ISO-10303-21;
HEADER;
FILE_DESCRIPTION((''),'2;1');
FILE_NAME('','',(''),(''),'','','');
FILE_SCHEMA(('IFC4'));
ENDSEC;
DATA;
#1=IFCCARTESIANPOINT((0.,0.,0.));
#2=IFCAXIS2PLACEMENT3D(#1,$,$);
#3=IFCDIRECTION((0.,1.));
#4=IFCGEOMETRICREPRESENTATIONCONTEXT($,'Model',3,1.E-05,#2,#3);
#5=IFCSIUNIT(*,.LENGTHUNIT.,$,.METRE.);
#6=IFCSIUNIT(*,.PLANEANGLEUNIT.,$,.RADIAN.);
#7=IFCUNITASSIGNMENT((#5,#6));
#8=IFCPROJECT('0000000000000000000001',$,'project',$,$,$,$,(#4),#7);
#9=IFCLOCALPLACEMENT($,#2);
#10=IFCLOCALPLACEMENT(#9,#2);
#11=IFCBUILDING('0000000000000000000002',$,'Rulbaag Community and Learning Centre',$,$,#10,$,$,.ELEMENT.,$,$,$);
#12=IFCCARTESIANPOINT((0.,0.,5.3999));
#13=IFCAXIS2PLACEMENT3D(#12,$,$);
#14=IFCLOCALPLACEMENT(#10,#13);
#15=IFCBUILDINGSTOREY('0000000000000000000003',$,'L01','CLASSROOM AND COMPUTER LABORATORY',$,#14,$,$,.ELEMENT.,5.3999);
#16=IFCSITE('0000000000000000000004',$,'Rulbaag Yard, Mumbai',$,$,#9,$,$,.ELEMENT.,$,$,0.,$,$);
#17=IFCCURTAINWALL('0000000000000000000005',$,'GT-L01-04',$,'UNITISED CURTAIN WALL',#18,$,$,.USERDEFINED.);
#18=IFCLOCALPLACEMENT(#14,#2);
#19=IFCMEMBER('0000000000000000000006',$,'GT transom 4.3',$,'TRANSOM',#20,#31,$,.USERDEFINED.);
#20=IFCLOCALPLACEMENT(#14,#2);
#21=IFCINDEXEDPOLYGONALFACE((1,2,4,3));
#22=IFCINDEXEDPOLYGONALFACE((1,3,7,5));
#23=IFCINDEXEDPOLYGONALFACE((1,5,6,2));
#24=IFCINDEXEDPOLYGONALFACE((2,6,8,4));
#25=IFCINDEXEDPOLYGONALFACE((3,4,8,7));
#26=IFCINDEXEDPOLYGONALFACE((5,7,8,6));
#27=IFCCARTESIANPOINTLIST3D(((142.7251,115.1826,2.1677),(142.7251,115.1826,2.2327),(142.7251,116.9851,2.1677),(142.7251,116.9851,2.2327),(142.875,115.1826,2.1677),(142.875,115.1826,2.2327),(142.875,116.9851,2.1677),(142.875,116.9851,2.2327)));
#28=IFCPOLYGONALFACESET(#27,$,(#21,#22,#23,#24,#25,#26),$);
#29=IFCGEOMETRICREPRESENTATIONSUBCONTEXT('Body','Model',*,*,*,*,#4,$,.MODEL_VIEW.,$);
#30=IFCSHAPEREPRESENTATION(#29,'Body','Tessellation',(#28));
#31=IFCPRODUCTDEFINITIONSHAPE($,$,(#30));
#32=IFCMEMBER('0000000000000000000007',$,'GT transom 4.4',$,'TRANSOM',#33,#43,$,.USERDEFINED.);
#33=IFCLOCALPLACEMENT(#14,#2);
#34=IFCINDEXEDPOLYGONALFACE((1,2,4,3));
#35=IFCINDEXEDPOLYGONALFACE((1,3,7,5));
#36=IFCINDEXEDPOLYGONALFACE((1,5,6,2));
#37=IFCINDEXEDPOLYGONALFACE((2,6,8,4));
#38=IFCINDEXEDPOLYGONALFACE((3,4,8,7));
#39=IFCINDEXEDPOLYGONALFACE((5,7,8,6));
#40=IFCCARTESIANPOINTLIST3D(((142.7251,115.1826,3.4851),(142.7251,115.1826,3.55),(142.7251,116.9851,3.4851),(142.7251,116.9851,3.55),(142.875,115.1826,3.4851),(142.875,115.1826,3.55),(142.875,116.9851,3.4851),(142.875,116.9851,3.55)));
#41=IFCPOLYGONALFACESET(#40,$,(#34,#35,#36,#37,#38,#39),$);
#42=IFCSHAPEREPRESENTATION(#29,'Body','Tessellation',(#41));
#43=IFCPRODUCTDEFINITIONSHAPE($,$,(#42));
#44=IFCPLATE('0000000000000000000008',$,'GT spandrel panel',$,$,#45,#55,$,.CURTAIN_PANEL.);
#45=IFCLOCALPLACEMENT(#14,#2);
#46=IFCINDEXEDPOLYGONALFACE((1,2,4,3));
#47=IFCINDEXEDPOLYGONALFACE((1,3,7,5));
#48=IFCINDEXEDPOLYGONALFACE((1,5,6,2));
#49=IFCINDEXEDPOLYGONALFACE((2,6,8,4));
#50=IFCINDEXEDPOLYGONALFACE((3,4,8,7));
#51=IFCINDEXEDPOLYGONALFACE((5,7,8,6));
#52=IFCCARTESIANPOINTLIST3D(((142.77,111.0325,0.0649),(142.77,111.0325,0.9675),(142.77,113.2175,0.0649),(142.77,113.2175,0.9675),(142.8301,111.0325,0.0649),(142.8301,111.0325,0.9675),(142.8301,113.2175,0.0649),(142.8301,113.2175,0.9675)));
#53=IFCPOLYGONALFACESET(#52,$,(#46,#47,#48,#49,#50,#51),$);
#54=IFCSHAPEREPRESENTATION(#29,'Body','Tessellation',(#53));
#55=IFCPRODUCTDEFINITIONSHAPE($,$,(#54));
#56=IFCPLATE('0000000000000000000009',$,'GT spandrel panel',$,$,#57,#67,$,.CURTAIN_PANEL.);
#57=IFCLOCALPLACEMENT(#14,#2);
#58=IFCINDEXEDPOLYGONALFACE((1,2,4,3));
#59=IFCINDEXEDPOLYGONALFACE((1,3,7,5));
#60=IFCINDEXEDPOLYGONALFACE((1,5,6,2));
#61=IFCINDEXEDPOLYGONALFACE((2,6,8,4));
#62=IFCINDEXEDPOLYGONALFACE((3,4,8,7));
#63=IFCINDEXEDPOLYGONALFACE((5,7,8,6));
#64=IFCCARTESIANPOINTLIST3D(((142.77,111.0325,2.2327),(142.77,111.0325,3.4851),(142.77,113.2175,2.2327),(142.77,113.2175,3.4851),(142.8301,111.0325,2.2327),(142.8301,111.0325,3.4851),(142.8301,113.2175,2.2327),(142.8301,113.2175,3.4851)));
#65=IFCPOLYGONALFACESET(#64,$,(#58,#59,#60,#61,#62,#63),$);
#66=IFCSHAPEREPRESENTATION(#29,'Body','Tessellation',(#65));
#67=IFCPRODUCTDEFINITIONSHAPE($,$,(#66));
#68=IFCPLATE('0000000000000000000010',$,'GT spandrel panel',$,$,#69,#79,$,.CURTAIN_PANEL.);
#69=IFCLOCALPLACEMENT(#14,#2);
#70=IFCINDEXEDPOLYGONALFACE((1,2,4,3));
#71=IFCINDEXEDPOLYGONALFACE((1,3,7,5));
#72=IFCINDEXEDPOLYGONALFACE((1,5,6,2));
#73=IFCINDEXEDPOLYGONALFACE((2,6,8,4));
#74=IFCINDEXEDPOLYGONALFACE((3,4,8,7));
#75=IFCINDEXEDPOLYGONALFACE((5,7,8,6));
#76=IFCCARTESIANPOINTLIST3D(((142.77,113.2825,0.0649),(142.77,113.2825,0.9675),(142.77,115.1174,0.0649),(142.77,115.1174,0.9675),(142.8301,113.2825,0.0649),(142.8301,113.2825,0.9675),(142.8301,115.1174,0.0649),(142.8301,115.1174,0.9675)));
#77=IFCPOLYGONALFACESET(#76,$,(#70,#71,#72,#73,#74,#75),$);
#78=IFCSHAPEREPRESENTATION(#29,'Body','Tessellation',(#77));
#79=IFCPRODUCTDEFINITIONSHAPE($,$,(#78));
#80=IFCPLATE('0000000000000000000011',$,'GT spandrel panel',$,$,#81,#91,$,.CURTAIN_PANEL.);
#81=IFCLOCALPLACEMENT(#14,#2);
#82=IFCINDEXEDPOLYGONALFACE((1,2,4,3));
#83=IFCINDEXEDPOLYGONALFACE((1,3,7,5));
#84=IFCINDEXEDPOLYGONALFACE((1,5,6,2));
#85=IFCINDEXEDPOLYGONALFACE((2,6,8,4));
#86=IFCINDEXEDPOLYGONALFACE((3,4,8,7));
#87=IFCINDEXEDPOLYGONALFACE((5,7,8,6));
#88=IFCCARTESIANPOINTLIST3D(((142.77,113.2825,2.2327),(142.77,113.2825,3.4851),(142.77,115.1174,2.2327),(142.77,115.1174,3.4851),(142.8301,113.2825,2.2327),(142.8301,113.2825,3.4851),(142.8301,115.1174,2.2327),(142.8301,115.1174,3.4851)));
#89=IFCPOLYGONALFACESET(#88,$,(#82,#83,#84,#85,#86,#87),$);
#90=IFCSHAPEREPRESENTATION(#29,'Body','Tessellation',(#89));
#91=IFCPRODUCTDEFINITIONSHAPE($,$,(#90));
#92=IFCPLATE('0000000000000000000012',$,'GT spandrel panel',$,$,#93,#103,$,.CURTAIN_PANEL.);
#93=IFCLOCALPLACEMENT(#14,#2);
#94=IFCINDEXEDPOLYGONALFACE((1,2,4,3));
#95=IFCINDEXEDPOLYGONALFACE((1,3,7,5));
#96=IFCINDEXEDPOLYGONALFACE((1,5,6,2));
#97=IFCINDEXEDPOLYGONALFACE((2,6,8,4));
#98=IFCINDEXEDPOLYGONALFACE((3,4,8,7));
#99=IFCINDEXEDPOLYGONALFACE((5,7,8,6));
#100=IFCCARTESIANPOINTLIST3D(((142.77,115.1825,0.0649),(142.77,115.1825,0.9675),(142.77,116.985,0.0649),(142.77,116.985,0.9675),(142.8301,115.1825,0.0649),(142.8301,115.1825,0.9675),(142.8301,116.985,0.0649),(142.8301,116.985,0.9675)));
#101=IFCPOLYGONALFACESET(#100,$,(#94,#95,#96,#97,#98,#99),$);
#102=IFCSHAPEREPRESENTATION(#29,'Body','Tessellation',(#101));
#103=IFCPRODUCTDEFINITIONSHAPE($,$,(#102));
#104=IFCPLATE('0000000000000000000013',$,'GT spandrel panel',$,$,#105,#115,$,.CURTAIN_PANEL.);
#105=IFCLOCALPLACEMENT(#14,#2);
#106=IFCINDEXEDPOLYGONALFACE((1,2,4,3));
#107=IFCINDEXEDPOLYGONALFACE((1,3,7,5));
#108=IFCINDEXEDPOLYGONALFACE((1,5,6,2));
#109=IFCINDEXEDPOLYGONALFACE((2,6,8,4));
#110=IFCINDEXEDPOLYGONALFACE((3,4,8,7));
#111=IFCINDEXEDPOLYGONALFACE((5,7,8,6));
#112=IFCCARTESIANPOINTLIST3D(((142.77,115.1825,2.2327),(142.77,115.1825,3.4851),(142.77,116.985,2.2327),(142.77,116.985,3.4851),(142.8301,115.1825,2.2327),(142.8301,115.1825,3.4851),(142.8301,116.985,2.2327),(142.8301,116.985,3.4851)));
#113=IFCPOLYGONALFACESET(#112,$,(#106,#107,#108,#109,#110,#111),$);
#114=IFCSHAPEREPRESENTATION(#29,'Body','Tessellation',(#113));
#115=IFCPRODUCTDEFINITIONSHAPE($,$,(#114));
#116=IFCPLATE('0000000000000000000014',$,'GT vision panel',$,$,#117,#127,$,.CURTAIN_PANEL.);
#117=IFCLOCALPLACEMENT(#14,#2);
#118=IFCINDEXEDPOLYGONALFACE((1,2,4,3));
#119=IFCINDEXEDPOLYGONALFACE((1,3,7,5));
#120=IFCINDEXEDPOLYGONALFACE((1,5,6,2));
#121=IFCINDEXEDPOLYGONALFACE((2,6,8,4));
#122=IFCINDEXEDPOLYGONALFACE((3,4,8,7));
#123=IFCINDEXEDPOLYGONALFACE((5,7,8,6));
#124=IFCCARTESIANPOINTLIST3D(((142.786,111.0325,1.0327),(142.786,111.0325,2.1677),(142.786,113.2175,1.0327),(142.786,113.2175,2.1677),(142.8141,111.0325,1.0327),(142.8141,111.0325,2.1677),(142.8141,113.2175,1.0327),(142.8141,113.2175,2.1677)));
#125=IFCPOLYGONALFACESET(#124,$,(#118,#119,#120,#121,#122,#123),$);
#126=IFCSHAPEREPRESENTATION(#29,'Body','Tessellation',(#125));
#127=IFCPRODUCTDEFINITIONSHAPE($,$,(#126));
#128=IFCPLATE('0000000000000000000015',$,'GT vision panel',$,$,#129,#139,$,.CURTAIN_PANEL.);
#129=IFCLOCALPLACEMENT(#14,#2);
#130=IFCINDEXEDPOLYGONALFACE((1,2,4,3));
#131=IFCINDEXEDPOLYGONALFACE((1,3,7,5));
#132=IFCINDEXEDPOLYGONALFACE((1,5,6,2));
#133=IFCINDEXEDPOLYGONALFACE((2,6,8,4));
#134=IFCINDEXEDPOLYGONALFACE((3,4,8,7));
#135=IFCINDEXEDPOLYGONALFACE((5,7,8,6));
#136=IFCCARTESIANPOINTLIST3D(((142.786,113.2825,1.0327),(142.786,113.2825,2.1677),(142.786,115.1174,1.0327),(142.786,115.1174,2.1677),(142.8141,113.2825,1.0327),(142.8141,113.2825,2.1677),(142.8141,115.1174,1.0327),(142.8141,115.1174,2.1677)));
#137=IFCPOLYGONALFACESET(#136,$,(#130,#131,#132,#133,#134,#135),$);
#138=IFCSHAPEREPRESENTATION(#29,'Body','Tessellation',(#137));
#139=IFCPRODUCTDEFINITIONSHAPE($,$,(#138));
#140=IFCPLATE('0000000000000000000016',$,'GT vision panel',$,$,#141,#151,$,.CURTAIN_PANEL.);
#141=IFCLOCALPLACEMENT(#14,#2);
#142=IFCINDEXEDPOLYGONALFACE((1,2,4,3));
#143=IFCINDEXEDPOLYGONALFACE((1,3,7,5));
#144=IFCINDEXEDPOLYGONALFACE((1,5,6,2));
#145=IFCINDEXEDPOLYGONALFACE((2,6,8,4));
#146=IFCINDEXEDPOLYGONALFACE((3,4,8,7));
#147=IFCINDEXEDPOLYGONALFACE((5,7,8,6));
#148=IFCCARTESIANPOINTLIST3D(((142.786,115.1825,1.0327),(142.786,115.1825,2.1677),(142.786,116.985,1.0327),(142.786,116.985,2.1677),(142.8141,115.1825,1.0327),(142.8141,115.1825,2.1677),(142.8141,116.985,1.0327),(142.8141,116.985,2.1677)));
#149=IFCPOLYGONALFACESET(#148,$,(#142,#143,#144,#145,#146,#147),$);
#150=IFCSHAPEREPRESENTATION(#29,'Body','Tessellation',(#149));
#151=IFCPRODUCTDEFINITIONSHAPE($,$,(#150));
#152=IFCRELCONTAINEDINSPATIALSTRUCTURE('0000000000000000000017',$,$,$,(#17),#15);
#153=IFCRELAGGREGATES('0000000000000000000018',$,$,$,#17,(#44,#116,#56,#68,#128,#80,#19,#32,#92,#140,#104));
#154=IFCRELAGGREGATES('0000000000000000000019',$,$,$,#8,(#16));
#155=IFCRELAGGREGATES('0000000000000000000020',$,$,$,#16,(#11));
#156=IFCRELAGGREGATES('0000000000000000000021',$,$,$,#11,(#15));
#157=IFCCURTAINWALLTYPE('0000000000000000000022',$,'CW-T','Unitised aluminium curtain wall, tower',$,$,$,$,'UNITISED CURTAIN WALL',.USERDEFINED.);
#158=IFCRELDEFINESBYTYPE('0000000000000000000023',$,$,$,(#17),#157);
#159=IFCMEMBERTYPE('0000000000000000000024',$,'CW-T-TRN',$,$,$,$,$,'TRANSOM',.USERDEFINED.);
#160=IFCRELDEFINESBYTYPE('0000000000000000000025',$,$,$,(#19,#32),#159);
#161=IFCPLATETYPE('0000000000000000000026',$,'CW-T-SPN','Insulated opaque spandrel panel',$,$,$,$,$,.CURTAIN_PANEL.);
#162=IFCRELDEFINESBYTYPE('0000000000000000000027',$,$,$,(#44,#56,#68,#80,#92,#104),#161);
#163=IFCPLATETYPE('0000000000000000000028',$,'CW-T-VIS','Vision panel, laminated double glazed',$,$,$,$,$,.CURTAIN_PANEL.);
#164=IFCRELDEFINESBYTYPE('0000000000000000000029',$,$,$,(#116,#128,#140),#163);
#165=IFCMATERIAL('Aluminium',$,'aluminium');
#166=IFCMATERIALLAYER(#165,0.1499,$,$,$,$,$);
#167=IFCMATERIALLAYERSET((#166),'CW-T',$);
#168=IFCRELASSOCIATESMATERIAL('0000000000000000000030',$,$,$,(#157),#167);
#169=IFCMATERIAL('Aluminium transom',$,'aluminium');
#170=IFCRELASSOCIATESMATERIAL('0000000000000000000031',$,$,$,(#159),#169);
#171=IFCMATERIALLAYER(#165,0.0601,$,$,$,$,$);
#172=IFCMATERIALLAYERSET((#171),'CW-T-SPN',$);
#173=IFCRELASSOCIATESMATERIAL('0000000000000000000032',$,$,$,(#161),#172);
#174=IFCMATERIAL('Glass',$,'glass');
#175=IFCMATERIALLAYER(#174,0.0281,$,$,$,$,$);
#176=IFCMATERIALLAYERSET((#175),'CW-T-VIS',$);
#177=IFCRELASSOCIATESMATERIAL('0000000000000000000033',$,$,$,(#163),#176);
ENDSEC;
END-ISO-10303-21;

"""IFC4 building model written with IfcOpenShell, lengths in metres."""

from ifc_helpers import new_model, si_unit, direction, frame, origin, origin_2d, place, context, subcontext, project, spatial, rectangle, extrude, material, layer, layer_set, material_profile, profile_set, type_object, element, aggregate, save


model = new_model("IFC4")

# Units and contexts
model_context = context("Model", 3, precision=1e-05, world=origin(), true_north=direction((0.0, 1.0)))
body_context = subcontext(model_context, "Body", "Model", "MODEL_VIEW")
ifc_project = project(units=[si_unit("LENGTHUNIT", "METRE"), si_unit("PLANEANGLEUNIT", "RADIAN")], contexts=[model_context])

# Site, building, storey
site_placement = place(None, origin())
site = spatial("IfcSite", under=ifc_project, at=site_placement, Name="Rulbaag Yard, Mumbai", CompositionType="ELEMENT", RefElevation=0.0)
building_placement = place(site_placement, origin())
building = spatial("IfcBuilding", under=site, at=building_placement, Name="Rulbaag Community and Learning Centre", CompositionType="ELEMENT")
storey_placement = place(building_placement, frame((0.0, 0.0, 5.3999)))
storey = spatial("IfcBuildingStorey", under=building, at=storey_placement, Name="L01", Description="CLASSROOM AND COMPUTER LABORATORY", CompositionType="ELEMENT", Elevation=5.3999)

# Curtain wall, members, plates
ifc_material_1 = material(Name="Aluminium", Category="aluminium")
ifc_layer_1 = layer(ifc_material_1, 0.1499)
ifc_layer_set_1 = layer_set([ifc_layer_1], Name="CW-T")
curtain_wall_type = type_object("IfcCurtainWallType", Name="CW-T", Description="Unitised aluminium curtain wall, tower", ElementType="UNITISED CURTAIN WALL", PredefinedType="USERDEFINED", material=ifc_layer_set_1)
curtain_wall_placement = place(storey_placement, origin())
curtain_wall = element("IfcCurtainWall", 1, at=curtain_wall_placement, inside=storey, type_object=curtain_wall_type, Name="GT-L01-04", ObjectType="UNITISED CURTAIN WALL", PredefinedType="USERDEFINED")
ifc_material_2 = material(Name="Aluminium transom", Category="aluminium")
ifc_material_profile_1 = material_profile(ifc_material_2, rectangle(XDim=0.1499, YDim=0.0649, at=origin_2d()), Name="AL 65x150 T")
ifc_profile_set_1 = profile_set([ifc_material_profile_1], Name="Aluminium transom")
member_type_1 = type_object("IfcMemberType", Name="CW-T-TRN", ElementType="TRANSOM", PredefinedType="USERDEFINED", material=ifc_profile_set_1)
member_1_placement = place(storey_placement, frame((142.8, 115.1826, 2.2002), z_axis=(0.0, 1.0, 0.0), x_axis=(-1.0, 0.0, 0.0)))
member_1 = element("IfcMember", 2, at=member_1_placement, type_object=member_type_1, Name="GT transom 4.3", ObjectType="TRANSOM", PredefinedType="USERDEFINED", context=body_context, shape_type="SweptSolid", body=[
    extrude(rectangle(XDim=0.1499, YDim=0.0649, at=origin_2d()), origin(), (0.0, 0.0, 1.0), 1.8025),
])
member_2_placement = place(storey_placement, frame((142.8, 115.1826, 3.5176), z_axis=(0.0, 1.0, 0.0), x_axis=(-1.0, 0.0, 0.0)))
member_2 = element("IfcMember", 3, at=member_2_placement, type_object=member_type_1, Name="GT transom 4.4", ObjectType="TRANSOM", PredefinedType="USERDEFINED", context=body_context, shape_type="SweptSolid", body=[
    extrude(rectangle(XDim=0.1499, YDim=0.0649, at=origin_2d()), origin(), (0.0, 0.0, 1.0), 1.8025),
])
ifc_layer_2 = layer(ifc_material_1, 0.0601)
ifc_layer_set_2 = layer_set([ifc_layer_2], Name="CW-T-SPN")
plate_type_1 = type_object("IfcPlateType", Name="CW-T-SPN", Description="Insulated opaque spandrel panel", PredefinedType="CURTAIN_PANEL", material=ifc_layer_set_2)
plate_1_placement = place(storey_placement, frame((142.8, 112.125, 0.0649), z_axis=(0.0, 0.0, 1.0), x_axis=(0.0, 1.0, 0.0)))
plate_1 = element("IfcPlate", 4, at=plate_1_placement, type_object=plate_type_1, Name="GT spandrel panel", PredefinedType="CURTAIN_PANEL", context=body_context, shape_type="SweptSolid", body=[
    extrude(rectangle(XDim=2.1851, YDim=0.0601, at=origin_2d()), origin(), (0.0, 0.0, 1.0), 0.9026),
])
plate_2_placement = place(storey_placement, frame((142.8, 112.125, 2.2327), z_axis=(0.0, 0.0, 1.0), x_axis=(0.0, 1.0, 0.0)))
plate_2 = element("IfcPlate", 5, at=plate_2_placement, type_object=plate_type_1, Name="GT spandrel panel", PredefinedType="CURTAIN_PANEL", context=body_context, shape_type="SweptSolid", body=[
    extrude(rectangle(XDim=2.1851, YDim=0.0601, at=origin_2d()), origin(), (0.0, 0.0, 1.0), 1.2524),
])
plate_3_placement = place(storey_placement, frame((142.8, 114.2, 0.0649), z_axis=(0.0, 0.0, 1.0), x_axis=(0.0, 1.0, 0.0)))
plate_3 = element("IfcPlate", 6, at=plate_3_placement, type_object=plate_type_1, Name="GT spandrel panel", PredefinedType="CURTAIN_PANEL", context=body_context, shape_type="SweptSolid", body=[
    extrude(rectangle(XDim=1.835, YDim=0.0601, at=origin_2d()), origin(), (0.0, 0.0, 1.0), 0.9026),
])
plate_4_placement = place(storey_placement, frame((142.8, 114.2, 2.2327), z_axis=(0.0, 0.0, 1.0), x_axis=(0.0, 1.0, 0.0)))
plate_4 = element("IfcPlate", 7, at=plate_4_placement, type_object=plate_type_1, Name="GT spandrel panel", PredefinedType="CURTAIN_PANEL", context=body_context, shape_type="SweptSolid", body=[
    extrude(rectangle(XDim=1.835, YDim=0.0601, at=origin_2d()), origin(), (0.0, 0.0, 1.0), 1.2524),
])
plate_5_placement = place(storey_placement, frame((142.8, 116.0837, 0.0649), z_axis=(0.0, 0.0, 1.0), x_axis=(0.0, 1.0, 0.0)))
plate_5 = element("IfcPlate", 8, at=plate_5_placement, type_object=plate_type_1, Name="GT spandrel panel", PredefinedType="CURTAIN_PANEL", context=body_context, shape_type="SweptSolid", body=[
    extrude(rectangle(XDim=1.8025, YDim=0.0601, at=origin_2d()), origin(), (0.0, 0.0, 1.0), 0.9026),
])
plate_6_placement = place(storey_placement, frame((142.8, 116.0837, 2.2327), z_axis=(0.0, 0.0, 1.0), x_axis=(0.0, 1.0, 0.0)))
plate_6 = element("IfcPlate", 9, at=plate_6_placement, type_object=plate_type_1, Name="GT spandrel panel", PredefinedType="CURTAIN_PANEL", context=body_context, shape_type="SweptSolid", body=[
    extrude(rectangle(XDim=1.8025, YDim=0.0601, at=origin_2d()), origin(), (0.0, 0.0, 1.0), 1.2524),
])
ifc_material_3 = material(Name="Glass", Category="glass")
ifc_layer_3 = layer(ifc_material_3, 0.0281)
ifc_layer_set_3 = layer_set([ifc_layer_3], Name="CW-T-VIS")
plate_type_2 = type_object("IfcPlateType", Name="CW-T-VIS", Description="Vision panel, laminated double glazed", PredefinedType="CURTAIN_PANEL", material=ifc_layer_set_3)
plate_7_placement = place(storey_placement, frame((142.8, 112.125, 1.0327), z_axis=(0.0, 0.0, 1.0), x_axis=(0.0, 1.0, 0.0)))
plate_7 = element("IfcPlate", 10, at=plate_7_placement, type_object=plate_type_2, Name="GT vision panel", PredefinedType="CURTAIN_PANEL", context=body_context, shape_type="SweptSolid", body=[
    extrude(rectangle(XDim=2.1851, YDim=0.0281, at=origin_2d()), origin(), (0.0, 0.0, 1.0), 1.135),
])
plate_8_placement = place(storey_placement, frame((142.8, 114.2, 1.0327), z_axis=(0.0, 0.0, 1.0), x_axis=(0.0, 1.0, 0.0)))
plate_8 = element("IfcPlate", 11, at=plate_8_placement, type_object=plate_type_2, Name="GT vision panel", PredefinedType="CURTAIN_PANEL", context=body_context, shape_type="SweptSolid", body=[
    extrude(rectangle(XDim=1.835, YDim=0.0281, at=origin_2d()), origin(), (0.0, 0.0, 1.0), 1.135),
])
plate_9_placement = place(storey_placement, frame((142.8, 116.0837, 1.0327), z_axis=(0.0, 0.0, 1.0), x_axis=(0.0, 1.0, 0.0)))
plate_9 = element("IfcPlate", 12, at=plate_9_placement, type_object=plate_type_2, Name="GT vision panel", PredefinedType="CURTAIN_PANEL", context=body_context, shape_type="SweptSolid", body=[
    extrude(rectangle(XDim=1.8025, YDim=0.0281, at=origin_2d()), origin(), (0.0, 0.0, 1.0), 1.135),
])
aggregate(curtain_wall, [plate_1, plate_7, plate_2, plate_3, plate_8, plate_4, member_1, member_2, plate_5, plate_9, plate_6])

save(model, "model.ifc")
